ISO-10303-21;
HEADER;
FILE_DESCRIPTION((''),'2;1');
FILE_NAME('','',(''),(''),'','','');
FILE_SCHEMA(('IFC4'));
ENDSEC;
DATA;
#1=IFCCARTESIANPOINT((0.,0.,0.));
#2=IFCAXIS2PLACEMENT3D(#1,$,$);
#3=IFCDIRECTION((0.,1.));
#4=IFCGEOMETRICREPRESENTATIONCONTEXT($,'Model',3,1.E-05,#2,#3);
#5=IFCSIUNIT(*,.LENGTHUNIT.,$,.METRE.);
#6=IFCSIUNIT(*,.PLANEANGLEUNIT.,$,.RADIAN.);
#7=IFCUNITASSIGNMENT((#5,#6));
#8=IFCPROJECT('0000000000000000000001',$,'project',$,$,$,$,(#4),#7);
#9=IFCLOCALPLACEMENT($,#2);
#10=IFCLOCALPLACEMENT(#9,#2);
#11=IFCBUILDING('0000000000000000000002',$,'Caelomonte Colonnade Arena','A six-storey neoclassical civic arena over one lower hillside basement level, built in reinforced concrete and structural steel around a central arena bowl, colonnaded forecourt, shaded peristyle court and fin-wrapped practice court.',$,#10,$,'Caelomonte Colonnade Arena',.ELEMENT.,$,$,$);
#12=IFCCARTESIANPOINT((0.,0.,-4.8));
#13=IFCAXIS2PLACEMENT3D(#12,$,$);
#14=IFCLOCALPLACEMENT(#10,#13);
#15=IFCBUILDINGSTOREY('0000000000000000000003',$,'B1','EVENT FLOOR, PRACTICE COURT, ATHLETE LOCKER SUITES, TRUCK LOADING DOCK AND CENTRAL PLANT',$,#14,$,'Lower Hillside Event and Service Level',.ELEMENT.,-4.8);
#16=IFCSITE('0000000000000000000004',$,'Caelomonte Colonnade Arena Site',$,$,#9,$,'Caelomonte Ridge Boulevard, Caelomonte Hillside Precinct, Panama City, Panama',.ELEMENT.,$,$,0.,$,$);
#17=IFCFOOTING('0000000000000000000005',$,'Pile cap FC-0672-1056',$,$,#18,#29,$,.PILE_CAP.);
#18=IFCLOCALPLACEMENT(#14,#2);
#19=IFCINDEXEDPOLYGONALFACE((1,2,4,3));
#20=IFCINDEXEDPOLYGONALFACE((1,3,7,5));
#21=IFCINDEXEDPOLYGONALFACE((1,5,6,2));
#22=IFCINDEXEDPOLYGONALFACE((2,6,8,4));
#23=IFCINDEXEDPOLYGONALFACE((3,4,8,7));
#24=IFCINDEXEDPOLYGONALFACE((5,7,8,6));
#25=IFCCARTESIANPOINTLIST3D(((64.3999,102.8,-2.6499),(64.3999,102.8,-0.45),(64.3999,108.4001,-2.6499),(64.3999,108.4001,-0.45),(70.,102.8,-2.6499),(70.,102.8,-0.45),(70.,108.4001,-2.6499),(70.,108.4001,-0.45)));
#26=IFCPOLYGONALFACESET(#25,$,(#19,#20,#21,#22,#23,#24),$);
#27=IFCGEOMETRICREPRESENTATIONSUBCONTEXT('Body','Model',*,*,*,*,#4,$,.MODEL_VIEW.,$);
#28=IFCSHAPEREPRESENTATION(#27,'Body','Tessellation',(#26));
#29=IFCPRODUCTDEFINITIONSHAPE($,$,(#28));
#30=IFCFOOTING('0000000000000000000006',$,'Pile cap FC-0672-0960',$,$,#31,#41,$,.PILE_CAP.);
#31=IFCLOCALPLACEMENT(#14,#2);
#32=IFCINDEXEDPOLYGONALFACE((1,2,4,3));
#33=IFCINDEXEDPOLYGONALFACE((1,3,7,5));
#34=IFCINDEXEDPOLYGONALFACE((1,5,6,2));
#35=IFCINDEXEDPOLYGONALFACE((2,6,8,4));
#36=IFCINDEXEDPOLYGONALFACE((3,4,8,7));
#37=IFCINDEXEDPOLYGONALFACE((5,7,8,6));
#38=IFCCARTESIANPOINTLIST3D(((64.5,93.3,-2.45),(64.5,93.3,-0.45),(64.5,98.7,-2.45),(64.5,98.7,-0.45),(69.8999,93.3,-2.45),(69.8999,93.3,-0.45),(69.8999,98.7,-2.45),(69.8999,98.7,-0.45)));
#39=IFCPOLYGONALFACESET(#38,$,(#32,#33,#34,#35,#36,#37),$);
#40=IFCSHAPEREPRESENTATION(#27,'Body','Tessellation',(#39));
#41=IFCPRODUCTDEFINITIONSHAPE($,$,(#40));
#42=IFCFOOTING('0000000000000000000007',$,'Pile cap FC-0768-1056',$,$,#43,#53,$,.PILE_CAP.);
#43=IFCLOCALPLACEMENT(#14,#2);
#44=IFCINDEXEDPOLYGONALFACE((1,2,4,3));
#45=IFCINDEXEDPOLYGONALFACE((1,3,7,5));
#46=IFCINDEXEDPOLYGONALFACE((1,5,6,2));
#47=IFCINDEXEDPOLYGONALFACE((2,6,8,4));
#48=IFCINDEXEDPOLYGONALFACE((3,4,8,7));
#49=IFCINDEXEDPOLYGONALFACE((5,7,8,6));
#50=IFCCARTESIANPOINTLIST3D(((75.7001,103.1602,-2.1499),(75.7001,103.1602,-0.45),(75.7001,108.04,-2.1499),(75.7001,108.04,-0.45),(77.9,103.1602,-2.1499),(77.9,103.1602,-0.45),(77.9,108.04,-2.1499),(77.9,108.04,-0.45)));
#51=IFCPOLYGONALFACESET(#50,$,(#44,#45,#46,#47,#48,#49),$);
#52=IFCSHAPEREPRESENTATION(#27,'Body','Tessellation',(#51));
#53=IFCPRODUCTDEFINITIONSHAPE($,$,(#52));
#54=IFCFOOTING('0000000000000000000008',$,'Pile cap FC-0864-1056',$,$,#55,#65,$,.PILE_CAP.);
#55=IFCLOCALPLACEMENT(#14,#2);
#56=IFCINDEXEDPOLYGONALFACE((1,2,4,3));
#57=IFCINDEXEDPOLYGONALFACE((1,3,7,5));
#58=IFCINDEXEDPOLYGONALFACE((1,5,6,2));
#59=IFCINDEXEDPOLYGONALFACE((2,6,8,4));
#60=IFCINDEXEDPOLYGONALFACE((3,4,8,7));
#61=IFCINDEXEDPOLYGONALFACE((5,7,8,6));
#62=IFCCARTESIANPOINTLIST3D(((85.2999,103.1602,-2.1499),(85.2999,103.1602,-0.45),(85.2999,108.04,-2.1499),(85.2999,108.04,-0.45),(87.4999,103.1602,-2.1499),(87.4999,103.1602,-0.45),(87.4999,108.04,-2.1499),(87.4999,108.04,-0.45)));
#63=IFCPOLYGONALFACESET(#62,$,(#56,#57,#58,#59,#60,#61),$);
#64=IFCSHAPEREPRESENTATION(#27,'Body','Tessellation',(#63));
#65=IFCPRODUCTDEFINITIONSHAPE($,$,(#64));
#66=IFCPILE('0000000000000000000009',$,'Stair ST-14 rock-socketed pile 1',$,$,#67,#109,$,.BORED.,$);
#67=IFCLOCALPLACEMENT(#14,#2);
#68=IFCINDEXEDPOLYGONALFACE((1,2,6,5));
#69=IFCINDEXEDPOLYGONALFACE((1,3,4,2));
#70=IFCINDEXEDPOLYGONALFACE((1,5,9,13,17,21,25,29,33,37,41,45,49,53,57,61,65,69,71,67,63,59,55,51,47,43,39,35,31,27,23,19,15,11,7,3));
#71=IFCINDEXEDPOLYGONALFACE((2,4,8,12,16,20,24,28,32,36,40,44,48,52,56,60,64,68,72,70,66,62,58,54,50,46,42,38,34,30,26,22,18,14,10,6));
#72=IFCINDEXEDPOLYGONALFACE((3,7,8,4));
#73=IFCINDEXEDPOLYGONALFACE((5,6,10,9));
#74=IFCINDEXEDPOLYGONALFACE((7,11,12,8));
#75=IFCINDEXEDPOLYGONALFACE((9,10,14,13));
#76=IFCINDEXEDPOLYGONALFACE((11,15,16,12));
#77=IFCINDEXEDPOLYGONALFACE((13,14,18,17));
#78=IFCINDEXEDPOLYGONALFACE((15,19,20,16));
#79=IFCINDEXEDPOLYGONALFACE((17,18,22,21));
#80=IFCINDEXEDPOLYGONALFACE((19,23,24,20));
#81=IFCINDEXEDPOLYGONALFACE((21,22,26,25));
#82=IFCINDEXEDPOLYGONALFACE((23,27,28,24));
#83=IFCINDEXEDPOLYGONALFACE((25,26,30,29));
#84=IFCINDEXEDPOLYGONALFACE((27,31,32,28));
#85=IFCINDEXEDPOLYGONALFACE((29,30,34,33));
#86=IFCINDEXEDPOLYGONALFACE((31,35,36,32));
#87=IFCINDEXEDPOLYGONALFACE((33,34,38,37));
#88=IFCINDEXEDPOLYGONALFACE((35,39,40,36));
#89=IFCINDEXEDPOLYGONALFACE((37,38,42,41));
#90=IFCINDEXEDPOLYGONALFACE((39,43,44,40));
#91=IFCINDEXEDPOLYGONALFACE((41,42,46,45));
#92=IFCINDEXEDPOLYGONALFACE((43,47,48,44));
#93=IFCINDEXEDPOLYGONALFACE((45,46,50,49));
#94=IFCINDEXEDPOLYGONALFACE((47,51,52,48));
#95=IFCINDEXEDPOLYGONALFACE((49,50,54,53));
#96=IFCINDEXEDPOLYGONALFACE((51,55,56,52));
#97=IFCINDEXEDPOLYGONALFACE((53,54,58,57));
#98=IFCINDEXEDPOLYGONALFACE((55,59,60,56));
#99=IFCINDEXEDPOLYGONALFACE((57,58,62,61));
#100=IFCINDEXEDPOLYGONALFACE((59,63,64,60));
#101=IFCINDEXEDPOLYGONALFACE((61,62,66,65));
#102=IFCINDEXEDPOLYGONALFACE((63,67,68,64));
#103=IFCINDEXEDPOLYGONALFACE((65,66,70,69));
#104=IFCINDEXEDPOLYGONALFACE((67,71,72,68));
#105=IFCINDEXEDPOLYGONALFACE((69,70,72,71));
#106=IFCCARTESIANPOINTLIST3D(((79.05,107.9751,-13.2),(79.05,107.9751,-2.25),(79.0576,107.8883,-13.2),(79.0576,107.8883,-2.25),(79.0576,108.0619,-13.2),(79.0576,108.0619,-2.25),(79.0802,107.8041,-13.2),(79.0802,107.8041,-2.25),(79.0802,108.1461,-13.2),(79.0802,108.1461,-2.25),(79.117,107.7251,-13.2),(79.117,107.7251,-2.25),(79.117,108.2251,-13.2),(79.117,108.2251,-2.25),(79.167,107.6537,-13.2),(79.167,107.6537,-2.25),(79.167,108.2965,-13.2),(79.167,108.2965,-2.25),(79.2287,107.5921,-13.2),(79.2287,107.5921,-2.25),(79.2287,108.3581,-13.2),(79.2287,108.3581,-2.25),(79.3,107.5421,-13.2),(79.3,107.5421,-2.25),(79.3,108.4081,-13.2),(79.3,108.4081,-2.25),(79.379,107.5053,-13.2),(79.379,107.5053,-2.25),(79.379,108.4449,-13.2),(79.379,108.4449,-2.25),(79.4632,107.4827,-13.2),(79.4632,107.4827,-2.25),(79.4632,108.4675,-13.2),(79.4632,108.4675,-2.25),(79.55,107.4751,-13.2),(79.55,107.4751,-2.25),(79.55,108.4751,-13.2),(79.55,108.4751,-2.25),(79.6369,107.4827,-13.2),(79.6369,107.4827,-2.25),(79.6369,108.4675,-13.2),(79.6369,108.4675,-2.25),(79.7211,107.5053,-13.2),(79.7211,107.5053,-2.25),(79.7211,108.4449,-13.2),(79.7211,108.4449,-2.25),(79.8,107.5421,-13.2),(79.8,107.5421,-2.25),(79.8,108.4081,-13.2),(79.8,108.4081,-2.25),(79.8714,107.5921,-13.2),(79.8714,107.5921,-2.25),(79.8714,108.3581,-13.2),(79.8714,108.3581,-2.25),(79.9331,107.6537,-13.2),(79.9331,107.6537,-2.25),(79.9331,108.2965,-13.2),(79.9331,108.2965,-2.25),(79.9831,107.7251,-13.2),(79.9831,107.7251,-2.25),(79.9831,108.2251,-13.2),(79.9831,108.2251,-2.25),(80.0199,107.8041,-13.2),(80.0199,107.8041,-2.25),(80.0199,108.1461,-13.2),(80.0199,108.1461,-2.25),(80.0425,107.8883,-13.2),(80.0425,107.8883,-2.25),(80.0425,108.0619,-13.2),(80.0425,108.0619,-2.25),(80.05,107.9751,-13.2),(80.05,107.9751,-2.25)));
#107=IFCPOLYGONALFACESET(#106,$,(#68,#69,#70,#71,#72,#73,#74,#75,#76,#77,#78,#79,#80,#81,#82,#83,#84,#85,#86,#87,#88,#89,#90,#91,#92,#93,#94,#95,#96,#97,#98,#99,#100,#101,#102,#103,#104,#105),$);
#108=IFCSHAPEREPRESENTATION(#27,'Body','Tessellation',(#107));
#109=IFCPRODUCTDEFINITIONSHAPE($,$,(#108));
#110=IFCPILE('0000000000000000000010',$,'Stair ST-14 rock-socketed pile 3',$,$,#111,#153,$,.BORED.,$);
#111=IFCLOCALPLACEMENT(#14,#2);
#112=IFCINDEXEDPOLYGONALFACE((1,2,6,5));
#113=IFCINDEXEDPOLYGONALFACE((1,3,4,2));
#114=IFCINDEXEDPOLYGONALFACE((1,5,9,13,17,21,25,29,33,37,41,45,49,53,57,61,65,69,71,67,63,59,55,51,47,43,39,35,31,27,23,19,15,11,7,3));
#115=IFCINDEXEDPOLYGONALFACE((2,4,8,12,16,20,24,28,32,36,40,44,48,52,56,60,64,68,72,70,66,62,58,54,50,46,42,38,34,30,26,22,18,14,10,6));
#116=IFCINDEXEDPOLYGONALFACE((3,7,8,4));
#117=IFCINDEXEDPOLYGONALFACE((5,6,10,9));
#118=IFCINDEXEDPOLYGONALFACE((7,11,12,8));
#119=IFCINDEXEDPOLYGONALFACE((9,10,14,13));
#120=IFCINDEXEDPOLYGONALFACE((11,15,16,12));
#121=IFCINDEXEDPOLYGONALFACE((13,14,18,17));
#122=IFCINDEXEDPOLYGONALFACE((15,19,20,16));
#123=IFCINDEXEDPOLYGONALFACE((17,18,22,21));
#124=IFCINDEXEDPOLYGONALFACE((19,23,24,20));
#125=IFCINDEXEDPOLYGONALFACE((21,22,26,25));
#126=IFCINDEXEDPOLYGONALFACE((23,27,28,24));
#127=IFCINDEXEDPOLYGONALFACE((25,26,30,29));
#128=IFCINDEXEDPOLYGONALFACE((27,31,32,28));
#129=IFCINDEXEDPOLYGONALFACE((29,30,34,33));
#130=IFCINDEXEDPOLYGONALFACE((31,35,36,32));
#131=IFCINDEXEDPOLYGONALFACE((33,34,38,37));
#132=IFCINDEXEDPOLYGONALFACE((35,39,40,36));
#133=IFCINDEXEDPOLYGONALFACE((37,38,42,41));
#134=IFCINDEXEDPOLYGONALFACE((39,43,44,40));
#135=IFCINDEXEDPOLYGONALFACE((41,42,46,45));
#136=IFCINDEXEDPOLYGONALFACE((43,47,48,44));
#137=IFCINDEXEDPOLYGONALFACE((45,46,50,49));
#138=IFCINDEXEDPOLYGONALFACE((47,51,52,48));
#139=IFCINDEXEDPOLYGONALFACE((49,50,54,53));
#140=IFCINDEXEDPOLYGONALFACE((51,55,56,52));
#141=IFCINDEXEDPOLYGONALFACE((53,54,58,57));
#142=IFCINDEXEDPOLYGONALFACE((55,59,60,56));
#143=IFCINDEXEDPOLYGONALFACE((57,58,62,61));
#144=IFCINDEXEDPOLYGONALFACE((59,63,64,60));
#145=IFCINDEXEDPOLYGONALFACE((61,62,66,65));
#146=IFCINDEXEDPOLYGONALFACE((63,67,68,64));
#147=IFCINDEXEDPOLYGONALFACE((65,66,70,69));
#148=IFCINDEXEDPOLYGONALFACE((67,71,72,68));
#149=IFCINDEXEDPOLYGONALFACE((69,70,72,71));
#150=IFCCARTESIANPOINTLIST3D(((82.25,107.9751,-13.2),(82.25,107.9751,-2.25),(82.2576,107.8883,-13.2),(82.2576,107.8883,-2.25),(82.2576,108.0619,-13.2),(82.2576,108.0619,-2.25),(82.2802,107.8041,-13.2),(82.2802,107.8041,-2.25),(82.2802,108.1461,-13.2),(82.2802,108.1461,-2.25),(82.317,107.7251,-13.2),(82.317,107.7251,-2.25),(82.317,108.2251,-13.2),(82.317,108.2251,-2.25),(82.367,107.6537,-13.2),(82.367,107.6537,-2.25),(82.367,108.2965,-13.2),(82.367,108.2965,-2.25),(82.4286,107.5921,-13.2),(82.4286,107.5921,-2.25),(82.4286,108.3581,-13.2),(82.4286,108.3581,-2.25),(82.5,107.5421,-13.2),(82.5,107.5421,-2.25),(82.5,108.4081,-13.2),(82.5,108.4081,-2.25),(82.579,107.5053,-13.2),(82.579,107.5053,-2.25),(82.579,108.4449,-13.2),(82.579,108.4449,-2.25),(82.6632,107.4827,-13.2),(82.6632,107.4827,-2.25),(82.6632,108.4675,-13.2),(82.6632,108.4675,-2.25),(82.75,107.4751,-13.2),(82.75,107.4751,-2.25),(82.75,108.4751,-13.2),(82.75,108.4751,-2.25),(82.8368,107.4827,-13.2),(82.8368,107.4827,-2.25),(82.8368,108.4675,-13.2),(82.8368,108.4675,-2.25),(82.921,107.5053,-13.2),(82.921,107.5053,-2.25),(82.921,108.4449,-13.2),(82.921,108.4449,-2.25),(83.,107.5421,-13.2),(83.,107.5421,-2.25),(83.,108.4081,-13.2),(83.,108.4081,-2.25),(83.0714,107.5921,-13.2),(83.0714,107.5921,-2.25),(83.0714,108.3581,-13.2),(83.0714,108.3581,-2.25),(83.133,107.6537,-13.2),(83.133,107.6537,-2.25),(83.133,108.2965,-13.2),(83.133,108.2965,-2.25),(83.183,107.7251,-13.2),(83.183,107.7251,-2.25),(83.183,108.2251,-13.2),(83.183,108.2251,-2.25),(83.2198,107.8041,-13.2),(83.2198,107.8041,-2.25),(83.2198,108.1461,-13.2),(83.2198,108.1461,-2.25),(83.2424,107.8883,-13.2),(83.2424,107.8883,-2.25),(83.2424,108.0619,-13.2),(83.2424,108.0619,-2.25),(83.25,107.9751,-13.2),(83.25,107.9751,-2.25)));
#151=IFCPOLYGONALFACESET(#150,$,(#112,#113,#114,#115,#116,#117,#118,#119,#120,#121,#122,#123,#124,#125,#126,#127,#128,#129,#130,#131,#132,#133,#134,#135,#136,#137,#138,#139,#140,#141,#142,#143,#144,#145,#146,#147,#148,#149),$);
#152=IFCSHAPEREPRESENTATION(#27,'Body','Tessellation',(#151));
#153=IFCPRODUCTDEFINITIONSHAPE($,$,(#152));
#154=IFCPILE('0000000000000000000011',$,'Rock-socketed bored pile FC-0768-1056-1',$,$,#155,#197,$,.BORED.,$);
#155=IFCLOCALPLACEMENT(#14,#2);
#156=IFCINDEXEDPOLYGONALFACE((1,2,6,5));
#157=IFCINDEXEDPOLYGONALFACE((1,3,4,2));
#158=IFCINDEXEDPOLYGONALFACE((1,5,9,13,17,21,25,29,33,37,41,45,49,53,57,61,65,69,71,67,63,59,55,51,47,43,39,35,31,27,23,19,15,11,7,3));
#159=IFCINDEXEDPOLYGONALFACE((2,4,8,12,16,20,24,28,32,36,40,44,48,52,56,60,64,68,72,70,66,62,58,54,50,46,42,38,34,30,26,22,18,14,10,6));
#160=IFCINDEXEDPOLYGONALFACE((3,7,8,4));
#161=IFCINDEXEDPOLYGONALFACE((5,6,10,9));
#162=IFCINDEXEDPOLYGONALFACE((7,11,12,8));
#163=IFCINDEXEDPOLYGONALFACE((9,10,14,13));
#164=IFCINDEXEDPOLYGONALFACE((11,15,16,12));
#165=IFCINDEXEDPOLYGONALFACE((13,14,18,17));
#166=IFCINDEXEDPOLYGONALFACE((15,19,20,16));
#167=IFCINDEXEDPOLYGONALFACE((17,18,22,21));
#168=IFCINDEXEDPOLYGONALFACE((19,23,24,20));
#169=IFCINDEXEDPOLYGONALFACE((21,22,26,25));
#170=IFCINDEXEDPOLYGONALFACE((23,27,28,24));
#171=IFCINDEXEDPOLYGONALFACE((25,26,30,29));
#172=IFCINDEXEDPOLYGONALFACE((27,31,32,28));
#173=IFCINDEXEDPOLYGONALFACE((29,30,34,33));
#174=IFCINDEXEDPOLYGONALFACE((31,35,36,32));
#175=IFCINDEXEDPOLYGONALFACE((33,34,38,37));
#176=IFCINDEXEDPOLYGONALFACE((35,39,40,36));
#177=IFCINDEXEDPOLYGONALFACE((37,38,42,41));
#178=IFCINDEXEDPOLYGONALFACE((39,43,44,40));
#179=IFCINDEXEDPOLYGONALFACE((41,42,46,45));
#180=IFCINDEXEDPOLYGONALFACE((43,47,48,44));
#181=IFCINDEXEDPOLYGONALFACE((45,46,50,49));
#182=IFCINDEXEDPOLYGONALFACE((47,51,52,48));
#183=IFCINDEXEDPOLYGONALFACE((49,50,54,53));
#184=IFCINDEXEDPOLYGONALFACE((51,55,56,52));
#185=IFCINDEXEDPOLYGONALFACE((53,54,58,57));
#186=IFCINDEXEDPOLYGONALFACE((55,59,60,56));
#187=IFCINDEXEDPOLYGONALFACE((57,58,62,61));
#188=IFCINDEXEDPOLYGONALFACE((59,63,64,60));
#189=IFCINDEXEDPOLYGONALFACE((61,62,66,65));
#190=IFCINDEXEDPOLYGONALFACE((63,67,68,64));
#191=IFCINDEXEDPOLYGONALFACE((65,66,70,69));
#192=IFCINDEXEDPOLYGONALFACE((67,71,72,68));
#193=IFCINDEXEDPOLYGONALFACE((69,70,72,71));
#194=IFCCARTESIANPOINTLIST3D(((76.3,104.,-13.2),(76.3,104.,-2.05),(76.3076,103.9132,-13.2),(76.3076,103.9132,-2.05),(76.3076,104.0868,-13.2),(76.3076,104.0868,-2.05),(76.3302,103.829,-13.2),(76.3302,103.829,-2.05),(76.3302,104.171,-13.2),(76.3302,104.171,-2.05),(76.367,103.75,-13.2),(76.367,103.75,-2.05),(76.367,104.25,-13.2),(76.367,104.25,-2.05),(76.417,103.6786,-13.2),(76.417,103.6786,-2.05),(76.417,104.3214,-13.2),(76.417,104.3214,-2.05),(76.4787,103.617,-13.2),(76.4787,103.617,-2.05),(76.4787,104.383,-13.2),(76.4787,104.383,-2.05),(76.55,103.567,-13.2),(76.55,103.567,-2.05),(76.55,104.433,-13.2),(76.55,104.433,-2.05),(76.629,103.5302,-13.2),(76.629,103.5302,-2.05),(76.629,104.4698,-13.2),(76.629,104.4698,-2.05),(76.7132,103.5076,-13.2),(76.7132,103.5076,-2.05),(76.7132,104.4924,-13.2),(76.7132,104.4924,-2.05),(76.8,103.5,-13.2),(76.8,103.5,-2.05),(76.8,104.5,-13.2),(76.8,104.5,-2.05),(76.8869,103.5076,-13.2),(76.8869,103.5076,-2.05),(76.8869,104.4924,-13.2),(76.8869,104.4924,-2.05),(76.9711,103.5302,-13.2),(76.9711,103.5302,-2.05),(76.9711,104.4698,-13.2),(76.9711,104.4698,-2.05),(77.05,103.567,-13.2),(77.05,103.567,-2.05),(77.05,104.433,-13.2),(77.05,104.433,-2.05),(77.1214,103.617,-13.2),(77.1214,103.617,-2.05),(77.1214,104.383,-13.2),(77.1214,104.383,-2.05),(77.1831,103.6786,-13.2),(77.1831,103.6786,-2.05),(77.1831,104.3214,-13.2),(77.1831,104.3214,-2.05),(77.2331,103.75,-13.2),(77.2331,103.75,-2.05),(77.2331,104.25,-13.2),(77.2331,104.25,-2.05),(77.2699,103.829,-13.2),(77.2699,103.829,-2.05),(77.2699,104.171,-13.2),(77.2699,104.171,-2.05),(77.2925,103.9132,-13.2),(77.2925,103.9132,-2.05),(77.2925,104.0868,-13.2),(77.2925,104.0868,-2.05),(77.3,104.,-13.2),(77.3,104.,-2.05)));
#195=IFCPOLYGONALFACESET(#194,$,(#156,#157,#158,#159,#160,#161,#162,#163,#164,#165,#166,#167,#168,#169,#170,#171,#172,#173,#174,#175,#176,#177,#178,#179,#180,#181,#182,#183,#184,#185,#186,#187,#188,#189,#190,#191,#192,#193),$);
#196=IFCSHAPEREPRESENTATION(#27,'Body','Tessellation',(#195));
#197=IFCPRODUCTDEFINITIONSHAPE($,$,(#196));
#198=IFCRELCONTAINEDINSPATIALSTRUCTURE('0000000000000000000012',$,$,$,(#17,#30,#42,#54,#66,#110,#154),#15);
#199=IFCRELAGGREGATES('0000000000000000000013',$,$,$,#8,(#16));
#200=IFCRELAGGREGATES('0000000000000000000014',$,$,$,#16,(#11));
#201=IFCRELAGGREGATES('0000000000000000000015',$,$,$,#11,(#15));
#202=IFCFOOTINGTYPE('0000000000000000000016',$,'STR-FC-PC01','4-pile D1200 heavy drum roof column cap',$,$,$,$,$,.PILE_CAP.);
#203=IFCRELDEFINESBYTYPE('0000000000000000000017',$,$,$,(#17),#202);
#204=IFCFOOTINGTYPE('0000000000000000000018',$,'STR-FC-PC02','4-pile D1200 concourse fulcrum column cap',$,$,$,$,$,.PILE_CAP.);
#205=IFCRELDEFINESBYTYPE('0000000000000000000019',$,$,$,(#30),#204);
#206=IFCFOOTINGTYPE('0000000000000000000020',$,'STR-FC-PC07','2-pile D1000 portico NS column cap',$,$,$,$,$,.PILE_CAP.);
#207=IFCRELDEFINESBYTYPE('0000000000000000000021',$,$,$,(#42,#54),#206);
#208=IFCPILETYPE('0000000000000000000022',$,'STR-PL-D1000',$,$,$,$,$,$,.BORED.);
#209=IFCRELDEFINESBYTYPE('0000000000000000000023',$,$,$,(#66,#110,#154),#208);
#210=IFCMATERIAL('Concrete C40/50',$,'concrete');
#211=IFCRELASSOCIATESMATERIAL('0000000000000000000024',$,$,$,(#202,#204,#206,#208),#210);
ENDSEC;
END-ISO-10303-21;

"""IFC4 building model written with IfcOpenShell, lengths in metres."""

from ifc_helpers import new_model, si_unit, direction, frame, origin, origin_2d, place, context, subcontext, project, spatial, rectangle, circle, extrude, material, material_profile, profile_set, type_object, element, save


model = new_model("IFC4")

# Units and contexts
model_context = context("Model", 3, precision=1e-05, world=origin(), true_north=direction((0.0, 1.0)))
body_context = subcontext(model_context, "Body", "Model", "MODEL_VIEW")
ifc_project = project(units=[si_unit("LENGTHUNIT", "METRE"), si_unit("PLANEANGLEUNIT", "RADIAN")], contexts=[model_context])

# Site, building, storey
site_placement = place(None, origin())
site = spatial("IfcSite", under=ifc_project, at=site_placement, Name="Caelomonte Colonnade Arena Site", LongName="Caelomonte Ridge Boulevard, Caelomonte Hillside Precinct, Panama City, Panama", CompositionType="ELEMENT", RefElevation=0.0)
building_placement = place(site_placement, origin())
building = spatial("IfcBuilding", under=site, at=building_placement, Name="Caelomonte Colonnade Arena", Description="A six-storey neoclassical civic arena over one lower hillside basement level, built in reinforced concrete and structural steel around a central arena bowl, colonnaded forecourt, shaded peristyle court and fin-wrapped practice court.", LongName="Caelomonte Colonnade Arena", CompositionType="ELEMENT")
storey_placement = place(building_placement, frame((0.0, 0.0, -4.8)))
storey = spatial("IfcBuildingStorey", under=building, at=storey_placement, Name="B1", Description="EVENT FLOOR, PRACTICE COURT, ATHLETE LOCKER SUITES, TRUCK LOADING DOCK AND CENTRAL PLANT", LongName="Lower Hillside Event and Service Level", CompositionType="ELEMENT", Elevation=-4.8)

# Footings
ifc_material_1 = material(Name="Concrete C40/50", Category="concrete")
footing_type_1 = type_object("IfcFootingType", Name="STR-FC-PC01", Description="4-pile D1200 heavy drum roof column cap", PredefinedType="PILE_CAP", material=ifc_material_1)
footing_1_placement = place(storey_placement, frame((67.2, 105.6001, -2.6499), z_axis=(0.0, 0.0, 1.0), x_axis=(1.0, 0.0, 0.0)))
element("IfcFooting", 1, at=footing_1_placement, inside=storey, type_object=footing_type_1, Name="Pile cap FC-0672-1056", PredefinedType="PILE_CAP", context=body_context, shape_type="SweptSolid", body=[
    extrude(rectangle(XDim=5.6001, YDim=5.6001, at=origin_2d()), origin(), (0.0, 0.0, 1.0), 2.2),
])
footing_type_2 = type_object("IfcFootingType", Name="STR-FC-PC02", Description="4-pile D1200 concourse fulcrum column cap", PredefinedType="PILE_CAP", material=ifc_material_1)
footing_2_placement = place(storey_placement, frame((67.2, 96.0, -2.45), z_axis=(0.0, 0.0, 1.0), x_axis=(1.0, 0.0, 0.0)))
element("IfcFooting", 2, at=footing_2_placement, inside=storey, type_object=footing_type_2, Name="Pile cap FC-0672-0960", PredefinedType="PILE_CAP", context=body_context, shape_type="SweptSolid", body=[
    extrude(rectangle(XDim=5.3999, YDim=5.3999, at=origin_2d()), origin(), (0.0, 0.0, 1.0), 2.0),
])
footing_type_3 = type_object("IfcFootingType", Name="STR-FC-PC07", Description="2-pile D1000 portico NS column cap", PredefinedType="PILE_CAP", material=ifc_material_1)
for number, where, z_axis, x_axis, name in (
    (3, (76.8, 105.6001, -2.1499), (0.0, 0.0, 1.0), (1.0, 0.0, 0.0), "Pile cap FC-0768-1056"),
    (4, (86.3999, 105.6001, -2.1499), (0.0, 0.0, 1.0), (1.0, 0.0, 0.0), "Pile cap FC-0864-1056"),
):
    element("IfcFooting", number, at=place(storey_placement, frame(where, z_axis=z_axis, x_axis=x_axis)), inside=storey, type_object=footing_type_3, Name=name, PredefinedType="PILE_CAP", context=body_context, shape_type="SweptSolid", body=[
        extrude(rectangle(XDim=2.2, YDim=4.8799, at=origin_2d()), origin(), (0.0, 0.0, 1.0), 1.7),
    ])

# Piles
ifc_material_profile_1 = material_profile(ifc_material_1, circle(Radius=0.5, at=origin_2d()), Name="PILE-D1000")
ifc_profile_set_1 = profile_set([ifc_material_profile_1], Name="Concrete C40/50")
pile_type_1 = type_object("IfcPileType", Name="STR-PL-D1000", PredefinedType="BORED", material=ifc_profile_set_1)
for number, where, z_axis, x_axis, name in (
    (5, (79.55, 107.9751, -2.25), (0.0, 0.0, -1.0), (1.0, 0.0, 0.0), "Stair ST-14 rock-socketed pile 1"),
    (6, (82.75, 107.9751, -2.25), (0.0, 0.0, -1.0), (1.0, 0.0, 0.0), "Stair ST-14 rock-socketed pile 3"),
):
    element("IfcPile", number, at=place(storey_placement, frame(where, z_axis=z_axis, x_axis=x_axis)), inside=storey, type_object=pile_type_1, Name=name, PredefinedType="BORED", context=body_context, shape_type="SweptSolid", body=[
        extrude(circle(Radius=0.5, at=origin_2d()), origin(), (0.0, 0.0, 1.0), 10.95),
    ])
for number, where, z_axis, x_axis, name in (
    (7, (76.8, 104.0, -2.05), (0.0, 0.0, -1.0), (1.0, 0.0, 0.0), "Rock-socketed bored pile FC-0768-1056-1"),
):
    element("IfcPile", number, at=place(storey_placement, frame(where, z_axis=z_axis, x_axis=x_axis)), inside=storey, type_object=pile_type_1, Name=name, PredefinedType="BORED", context=body_context, shape_type="SweptSolid", body=[
        extrude(circle(Radius=0.5, at=origin_2d()), origin(), (0.0, 0.0, 1.0), 11.1499),
    ])

save(model, "model.ifc")
